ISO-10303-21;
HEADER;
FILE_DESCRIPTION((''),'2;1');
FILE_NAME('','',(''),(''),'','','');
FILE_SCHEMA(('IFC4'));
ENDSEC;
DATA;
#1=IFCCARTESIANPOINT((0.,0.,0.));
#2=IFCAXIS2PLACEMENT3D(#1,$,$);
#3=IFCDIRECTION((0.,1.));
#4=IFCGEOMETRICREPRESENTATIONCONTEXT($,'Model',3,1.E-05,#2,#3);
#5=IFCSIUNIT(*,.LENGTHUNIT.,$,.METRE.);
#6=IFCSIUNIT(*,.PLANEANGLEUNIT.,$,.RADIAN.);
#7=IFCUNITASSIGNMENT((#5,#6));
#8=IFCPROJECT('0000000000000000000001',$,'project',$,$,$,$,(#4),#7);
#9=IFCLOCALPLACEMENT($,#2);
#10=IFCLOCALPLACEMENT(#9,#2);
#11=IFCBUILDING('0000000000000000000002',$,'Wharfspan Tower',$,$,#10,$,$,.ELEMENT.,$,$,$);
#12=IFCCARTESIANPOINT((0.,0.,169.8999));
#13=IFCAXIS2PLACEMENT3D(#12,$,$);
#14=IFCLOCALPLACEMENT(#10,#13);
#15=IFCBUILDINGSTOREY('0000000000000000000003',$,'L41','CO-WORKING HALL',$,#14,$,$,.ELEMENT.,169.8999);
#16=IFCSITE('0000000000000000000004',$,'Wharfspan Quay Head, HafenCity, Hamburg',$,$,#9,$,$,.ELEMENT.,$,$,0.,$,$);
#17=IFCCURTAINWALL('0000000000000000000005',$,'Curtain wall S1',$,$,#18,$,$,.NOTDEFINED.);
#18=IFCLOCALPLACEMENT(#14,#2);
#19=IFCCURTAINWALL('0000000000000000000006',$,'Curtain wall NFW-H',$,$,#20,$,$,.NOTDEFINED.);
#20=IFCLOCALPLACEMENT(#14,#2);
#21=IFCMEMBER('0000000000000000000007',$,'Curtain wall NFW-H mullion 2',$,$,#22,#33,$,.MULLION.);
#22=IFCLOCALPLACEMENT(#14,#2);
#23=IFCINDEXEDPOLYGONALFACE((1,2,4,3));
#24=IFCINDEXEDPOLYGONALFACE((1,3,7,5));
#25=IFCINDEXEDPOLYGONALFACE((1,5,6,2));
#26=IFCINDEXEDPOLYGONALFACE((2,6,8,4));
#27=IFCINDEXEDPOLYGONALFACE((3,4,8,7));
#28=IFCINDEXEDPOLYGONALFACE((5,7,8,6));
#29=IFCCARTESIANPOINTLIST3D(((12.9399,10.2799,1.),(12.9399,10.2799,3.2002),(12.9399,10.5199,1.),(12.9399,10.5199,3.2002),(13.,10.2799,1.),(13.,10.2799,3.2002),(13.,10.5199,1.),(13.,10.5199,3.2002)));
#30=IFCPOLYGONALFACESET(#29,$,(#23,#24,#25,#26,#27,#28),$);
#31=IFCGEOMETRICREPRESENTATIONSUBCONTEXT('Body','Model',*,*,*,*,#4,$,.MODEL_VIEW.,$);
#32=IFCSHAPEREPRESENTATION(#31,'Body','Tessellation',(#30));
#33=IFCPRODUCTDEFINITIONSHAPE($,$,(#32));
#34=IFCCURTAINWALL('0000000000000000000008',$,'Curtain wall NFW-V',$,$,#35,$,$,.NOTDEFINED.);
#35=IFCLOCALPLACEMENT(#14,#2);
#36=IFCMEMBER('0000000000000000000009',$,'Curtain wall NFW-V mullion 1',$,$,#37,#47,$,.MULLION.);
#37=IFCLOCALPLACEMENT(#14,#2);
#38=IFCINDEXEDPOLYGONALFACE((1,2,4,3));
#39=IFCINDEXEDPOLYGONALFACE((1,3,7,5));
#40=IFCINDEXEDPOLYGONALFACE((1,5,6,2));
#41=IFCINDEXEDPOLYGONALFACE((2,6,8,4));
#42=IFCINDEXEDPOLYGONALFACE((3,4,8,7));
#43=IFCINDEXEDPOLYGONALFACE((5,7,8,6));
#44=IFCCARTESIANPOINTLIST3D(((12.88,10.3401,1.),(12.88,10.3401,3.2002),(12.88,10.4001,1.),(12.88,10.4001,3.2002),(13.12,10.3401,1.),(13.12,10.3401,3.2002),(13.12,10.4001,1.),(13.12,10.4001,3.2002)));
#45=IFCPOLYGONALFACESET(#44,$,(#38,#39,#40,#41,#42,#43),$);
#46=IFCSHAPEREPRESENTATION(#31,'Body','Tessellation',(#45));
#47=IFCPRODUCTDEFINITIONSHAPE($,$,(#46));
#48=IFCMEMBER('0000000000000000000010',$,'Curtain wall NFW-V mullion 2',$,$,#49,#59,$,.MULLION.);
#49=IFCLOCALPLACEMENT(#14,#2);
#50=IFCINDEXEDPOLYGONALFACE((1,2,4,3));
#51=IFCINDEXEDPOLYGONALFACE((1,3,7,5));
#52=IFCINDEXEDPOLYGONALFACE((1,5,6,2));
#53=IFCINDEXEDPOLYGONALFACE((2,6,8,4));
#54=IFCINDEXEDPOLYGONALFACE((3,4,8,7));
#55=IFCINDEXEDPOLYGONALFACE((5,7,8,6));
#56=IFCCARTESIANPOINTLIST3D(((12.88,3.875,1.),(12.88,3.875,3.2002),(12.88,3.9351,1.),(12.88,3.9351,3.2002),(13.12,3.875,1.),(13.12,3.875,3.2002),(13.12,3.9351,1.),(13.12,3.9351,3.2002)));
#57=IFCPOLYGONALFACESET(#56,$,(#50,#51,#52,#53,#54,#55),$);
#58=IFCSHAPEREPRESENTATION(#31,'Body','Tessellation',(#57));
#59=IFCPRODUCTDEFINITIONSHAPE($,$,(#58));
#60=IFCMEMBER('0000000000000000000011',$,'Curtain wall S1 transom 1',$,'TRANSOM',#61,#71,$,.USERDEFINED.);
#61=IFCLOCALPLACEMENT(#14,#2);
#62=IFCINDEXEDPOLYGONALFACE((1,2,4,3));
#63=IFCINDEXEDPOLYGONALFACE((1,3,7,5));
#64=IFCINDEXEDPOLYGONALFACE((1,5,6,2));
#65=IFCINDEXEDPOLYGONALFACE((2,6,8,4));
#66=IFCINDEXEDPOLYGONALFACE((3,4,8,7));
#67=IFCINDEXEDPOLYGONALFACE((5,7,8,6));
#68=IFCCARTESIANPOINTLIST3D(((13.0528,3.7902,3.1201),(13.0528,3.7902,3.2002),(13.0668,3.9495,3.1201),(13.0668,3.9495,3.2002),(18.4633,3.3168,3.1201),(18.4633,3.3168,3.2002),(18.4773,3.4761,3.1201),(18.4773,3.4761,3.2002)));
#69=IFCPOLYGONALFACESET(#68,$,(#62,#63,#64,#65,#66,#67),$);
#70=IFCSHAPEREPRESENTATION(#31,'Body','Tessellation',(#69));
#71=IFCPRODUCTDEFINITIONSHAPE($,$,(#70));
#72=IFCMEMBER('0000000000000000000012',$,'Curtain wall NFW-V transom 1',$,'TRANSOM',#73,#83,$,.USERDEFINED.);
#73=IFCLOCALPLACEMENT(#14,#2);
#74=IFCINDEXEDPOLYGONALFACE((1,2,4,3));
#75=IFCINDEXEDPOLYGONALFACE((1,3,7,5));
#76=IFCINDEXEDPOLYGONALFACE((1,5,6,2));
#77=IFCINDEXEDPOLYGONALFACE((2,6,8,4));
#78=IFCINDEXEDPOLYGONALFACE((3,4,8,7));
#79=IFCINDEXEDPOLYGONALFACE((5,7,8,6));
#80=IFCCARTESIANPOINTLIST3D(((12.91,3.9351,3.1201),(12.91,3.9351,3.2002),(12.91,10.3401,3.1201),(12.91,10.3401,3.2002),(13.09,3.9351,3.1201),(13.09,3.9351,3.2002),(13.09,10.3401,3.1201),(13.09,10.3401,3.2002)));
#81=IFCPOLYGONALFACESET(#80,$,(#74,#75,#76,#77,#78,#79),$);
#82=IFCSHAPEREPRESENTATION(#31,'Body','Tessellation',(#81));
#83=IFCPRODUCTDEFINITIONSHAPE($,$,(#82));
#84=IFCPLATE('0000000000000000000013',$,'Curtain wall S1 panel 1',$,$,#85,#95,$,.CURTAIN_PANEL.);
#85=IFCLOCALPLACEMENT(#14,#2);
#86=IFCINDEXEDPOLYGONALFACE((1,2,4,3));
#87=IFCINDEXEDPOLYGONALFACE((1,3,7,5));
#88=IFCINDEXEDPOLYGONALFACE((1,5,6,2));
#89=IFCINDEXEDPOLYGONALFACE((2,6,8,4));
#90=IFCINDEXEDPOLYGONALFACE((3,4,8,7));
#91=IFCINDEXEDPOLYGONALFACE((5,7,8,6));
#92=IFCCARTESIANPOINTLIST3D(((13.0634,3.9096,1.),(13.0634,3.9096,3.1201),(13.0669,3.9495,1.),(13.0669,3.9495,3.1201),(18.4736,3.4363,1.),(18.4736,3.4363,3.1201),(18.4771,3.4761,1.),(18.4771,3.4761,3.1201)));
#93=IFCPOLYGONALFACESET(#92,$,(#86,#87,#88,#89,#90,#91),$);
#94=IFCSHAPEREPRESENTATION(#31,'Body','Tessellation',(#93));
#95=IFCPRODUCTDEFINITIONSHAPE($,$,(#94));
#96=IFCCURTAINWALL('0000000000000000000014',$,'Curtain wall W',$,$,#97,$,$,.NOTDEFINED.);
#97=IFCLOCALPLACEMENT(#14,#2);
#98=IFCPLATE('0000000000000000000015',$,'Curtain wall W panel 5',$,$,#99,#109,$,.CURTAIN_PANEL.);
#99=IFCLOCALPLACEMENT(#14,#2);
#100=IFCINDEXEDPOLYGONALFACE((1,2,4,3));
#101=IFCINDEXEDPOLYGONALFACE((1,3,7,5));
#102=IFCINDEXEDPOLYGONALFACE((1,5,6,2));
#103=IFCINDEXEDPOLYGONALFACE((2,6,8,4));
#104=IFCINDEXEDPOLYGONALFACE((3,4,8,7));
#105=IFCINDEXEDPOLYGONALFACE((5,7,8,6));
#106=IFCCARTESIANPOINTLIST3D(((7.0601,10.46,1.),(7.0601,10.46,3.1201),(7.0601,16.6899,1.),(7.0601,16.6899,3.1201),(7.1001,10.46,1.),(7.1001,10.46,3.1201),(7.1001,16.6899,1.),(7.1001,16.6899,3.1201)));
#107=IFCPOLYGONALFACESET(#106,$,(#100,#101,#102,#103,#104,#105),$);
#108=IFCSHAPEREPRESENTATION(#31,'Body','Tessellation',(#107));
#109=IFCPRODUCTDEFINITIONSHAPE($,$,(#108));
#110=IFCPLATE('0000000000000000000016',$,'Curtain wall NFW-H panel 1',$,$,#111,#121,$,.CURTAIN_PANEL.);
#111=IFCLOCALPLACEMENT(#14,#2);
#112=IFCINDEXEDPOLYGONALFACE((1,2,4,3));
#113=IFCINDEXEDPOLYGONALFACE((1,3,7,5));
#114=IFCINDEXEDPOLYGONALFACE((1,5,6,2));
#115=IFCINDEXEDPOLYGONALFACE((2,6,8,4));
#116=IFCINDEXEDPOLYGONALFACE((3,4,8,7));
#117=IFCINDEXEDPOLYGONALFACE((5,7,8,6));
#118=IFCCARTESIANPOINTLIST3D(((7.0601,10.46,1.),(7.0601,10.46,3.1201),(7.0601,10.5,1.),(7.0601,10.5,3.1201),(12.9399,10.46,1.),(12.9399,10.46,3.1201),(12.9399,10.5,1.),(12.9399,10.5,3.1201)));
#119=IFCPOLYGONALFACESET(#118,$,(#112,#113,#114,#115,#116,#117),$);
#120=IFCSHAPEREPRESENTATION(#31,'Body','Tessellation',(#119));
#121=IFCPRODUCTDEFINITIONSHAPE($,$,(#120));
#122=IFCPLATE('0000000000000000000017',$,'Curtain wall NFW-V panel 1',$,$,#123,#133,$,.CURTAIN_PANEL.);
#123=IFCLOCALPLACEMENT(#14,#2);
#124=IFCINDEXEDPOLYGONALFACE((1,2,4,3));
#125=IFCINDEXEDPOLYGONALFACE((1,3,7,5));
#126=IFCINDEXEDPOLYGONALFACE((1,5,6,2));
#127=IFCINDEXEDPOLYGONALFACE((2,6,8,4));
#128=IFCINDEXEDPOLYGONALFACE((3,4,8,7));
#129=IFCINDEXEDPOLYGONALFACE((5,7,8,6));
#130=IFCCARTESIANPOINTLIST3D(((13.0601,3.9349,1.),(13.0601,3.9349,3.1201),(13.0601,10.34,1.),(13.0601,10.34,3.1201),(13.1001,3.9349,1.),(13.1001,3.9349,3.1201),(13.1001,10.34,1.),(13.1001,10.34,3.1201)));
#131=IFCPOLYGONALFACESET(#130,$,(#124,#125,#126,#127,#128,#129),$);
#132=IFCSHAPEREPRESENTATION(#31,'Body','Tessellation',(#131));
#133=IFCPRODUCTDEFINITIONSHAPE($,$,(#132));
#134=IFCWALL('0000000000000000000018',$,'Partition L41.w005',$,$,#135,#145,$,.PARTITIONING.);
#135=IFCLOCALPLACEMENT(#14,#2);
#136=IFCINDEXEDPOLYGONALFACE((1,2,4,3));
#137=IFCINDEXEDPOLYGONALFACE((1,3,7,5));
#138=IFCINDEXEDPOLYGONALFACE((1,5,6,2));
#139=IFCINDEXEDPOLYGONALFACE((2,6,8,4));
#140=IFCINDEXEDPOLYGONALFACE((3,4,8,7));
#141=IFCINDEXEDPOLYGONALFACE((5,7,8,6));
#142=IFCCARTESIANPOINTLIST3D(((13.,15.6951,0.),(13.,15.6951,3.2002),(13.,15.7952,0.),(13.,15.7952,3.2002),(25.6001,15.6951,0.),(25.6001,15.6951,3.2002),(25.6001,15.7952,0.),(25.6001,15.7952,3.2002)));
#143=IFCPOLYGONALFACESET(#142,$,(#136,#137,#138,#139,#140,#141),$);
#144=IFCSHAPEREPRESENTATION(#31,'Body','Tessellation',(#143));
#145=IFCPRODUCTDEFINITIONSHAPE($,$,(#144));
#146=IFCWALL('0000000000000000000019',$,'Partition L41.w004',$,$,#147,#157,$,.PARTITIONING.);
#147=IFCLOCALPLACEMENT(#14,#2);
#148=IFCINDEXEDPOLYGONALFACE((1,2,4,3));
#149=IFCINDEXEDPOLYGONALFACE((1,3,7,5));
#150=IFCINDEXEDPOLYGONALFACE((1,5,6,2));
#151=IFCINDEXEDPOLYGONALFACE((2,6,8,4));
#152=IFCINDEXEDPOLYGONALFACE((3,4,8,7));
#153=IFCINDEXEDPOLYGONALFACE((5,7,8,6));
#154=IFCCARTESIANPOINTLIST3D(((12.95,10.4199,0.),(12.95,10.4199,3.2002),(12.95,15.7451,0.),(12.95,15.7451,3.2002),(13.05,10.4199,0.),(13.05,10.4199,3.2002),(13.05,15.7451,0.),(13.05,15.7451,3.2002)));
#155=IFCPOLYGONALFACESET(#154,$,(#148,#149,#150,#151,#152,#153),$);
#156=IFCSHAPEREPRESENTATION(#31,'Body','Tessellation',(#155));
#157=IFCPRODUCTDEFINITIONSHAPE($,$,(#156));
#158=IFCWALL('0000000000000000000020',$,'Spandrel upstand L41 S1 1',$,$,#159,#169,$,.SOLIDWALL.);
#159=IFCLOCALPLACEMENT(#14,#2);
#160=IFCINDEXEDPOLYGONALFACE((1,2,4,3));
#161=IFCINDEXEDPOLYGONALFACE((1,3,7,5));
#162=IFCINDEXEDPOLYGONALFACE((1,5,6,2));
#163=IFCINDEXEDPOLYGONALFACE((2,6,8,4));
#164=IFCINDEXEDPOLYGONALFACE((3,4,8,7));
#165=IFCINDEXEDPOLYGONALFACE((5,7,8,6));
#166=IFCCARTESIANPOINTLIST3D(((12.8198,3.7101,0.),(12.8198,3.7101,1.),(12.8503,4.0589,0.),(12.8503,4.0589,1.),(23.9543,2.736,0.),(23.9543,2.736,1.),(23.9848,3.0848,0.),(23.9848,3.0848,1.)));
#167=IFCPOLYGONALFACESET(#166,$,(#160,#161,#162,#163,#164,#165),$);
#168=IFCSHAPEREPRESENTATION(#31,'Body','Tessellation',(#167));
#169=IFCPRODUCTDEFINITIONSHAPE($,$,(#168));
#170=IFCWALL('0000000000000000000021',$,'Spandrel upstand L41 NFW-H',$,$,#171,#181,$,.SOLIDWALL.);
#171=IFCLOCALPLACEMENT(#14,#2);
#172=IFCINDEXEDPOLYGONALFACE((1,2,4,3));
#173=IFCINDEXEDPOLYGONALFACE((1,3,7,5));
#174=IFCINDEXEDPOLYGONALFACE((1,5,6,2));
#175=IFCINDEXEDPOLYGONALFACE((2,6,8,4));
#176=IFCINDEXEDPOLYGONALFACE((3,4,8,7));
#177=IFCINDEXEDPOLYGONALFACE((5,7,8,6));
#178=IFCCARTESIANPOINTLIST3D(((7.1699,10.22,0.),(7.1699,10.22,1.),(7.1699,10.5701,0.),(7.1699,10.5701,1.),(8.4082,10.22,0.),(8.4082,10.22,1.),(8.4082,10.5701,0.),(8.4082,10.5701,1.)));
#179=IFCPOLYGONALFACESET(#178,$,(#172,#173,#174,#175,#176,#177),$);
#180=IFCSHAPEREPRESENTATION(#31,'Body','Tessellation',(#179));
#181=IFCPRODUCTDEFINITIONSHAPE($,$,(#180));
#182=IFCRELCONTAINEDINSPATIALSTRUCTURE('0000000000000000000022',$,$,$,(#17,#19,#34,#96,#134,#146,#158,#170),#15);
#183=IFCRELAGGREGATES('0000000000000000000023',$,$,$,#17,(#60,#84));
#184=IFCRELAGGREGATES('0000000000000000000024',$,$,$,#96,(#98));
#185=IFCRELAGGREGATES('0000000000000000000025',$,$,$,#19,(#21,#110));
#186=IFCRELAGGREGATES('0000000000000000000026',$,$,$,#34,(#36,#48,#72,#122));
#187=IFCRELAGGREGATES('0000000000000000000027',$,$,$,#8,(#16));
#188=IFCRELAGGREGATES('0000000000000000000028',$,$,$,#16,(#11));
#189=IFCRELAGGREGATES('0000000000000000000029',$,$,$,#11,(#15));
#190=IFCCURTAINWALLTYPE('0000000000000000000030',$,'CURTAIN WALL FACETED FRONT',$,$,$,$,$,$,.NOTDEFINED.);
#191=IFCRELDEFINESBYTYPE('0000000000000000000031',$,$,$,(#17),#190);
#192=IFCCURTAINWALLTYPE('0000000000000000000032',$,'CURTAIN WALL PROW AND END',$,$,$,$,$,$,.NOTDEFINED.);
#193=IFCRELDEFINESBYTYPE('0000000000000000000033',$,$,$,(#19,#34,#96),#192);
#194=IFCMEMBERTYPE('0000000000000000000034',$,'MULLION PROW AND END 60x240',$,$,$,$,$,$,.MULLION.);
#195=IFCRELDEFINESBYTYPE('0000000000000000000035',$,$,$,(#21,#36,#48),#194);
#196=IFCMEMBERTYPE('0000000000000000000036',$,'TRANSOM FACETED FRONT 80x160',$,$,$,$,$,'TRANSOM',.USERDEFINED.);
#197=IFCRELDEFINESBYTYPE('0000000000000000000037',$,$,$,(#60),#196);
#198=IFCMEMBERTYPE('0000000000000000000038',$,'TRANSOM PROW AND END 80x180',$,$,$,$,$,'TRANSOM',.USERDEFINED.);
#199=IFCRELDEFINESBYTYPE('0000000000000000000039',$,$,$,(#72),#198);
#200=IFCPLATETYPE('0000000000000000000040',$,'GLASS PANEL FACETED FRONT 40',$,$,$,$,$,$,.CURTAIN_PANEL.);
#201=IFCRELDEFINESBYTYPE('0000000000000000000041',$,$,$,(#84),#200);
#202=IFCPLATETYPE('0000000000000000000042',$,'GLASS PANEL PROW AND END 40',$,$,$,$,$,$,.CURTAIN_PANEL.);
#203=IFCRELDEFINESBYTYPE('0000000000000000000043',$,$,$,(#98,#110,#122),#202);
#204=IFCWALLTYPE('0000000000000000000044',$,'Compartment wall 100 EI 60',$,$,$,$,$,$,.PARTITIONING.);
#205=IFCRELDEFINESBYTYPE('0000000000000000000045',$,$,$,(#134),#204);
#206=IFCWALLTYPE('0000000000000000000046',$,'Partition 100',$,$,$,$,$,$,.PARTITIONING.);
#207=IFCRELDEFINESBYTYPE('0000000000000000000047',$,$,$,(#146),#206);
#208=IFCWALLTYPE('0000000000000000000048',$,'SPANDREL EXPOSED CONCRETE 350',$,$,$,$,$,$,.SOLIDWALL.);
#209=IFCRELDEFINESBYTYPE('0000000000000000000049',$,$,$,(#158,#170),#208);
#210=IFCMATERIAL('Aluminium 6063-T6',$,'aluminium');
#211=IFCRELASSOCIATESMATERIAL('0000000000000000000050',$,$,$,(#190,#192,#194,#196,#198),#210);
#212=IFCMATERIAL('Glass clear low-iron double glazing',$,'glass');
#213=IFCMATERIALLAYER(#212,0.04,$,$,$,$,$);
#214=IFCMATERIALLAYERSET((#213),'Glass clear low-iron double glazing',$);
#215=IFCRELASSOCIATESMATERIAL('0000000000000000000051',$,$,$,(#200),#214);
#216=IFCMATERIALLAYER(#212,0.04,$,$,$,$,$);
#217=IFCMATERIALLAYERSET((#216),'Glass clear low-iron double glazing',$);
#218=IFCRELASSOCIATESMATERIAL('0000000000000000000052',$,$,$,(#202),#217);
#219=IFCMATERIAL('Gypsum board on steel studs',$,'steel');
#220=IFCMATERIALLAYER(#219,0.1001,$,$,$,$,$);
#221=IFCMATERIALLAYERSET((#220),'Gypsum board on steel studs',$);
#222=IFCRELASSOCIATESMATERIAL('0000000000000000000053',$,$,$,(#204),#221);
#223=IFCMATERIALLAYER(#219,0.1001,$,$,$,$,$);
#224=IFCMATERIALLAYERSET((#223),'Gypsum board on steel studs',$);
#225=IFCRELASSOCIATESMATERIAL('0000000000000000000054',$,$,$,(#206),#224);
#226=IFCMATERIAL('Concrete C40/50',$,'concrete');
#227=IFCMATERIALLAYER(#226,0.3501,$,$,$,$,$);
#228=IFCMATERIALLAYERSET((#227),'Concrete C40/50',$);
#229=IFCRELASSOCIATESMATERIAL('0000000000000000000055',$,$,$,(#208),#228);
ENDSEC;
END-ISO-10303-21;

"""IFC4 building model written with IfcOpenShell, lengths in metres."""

from ifc_helpers import new_model, si_unit, direction, frame, frame_2d, origin, origin_2d, place, context, subcontext, project, spatial, rectangle, extrude, material, layer, layer_set, material_profile, profile_set, type_object, element, aggregate, save


model = new_model("IFC4")

# Units and contexts
model_context = context("Model", 3, precision=1e-05, world=origin(), true_north=direction((0.0, 1.0)))
body_context = subcontext(model_context, "Body", "Model", "MODEL_VIEW")
ifc_project = project(units=[si_unit("LENGTHUNIT", "METRE"), si_unit("PLANEANGLEUNIT", "RADIAN")], contexts=[model_context])

# Site, building, storey
site_placement = place(None, origin())
site = spatial("IfcSite", under=ifc_project, at=site_placement, Name="Wharfspan Quay Head, HafenCity, Hamburg", CompositionType="ELEMENT", RefElevation=0.0)
building_placement = place(site_placement, origin())
building = spatial("IfcBuilding", under=site, at=building_placement, Name="Wharfspan Tower", CompositionType="ELEMENT")
storey_placement = place(building_placement, frame((0.0, 0.0, 169.8999)))
storey = spatial("IfcBuildingStorey", under=building, at=storey_placement, Name="L41", Description="CO-WORKING HALL", CompositionType="ELEMENT", Elevation=169.8999)

# Curtain wall
ifc_material_1 = material(Name="Aluminium 6063-T6", Category="aluminium")
curtain_wall_type_1 = type_object("IfcCurtainWallType", Name="CURTAIN WALL FACETED FRONT", PredefinedType="NOTDEFINED", material=ifc_material_1)
curtain_wall_1_placement = place(storey_placement, origin())
curtain_wall_1 = element("IfcCurtainWall", 1, at=curtain_wall_1_placement, inside=storey, type_object=curtain_wall_type_1, Name="Curtain wall S1", PredefinedType="NOTDEFINED")

# Curtain wall, member
curtain_wall_type_2 = type_object("IfcCurtainWallType", Name="CURTAIN WALL PROW AND END", PredefinedType="NOTDEFINED", material=ifc_material_1)
curtain_wall_2_placement = place(storey_placement, origin())
curtain_wall_2 = element("IfcCurtainWall", 2, at=curtain_wall_2_placement, inside=storey, type_object=curtain_wall_type_2, Name="Curtain wall NFW-H", PredefinedType="NOTDEFINED")
ifc_material_profile_1 = material_profile(ifc_material_1, rectangle(XDim=0.24, YDim=0.0601, at=origin_2d()))
ifc_profile_set_1 = profile_set([ifc_material_profile_1], Name="Aluminium 6063-T6")
member_type_1 = type_object("IfcMemberType", Name="MULLION PROW AND END 60x240", PredefinedType="MULLION", material=ifc_profile_set_1)
member_1_placement = place(storey_placement, frame((12.97, 10.3999, 1.0), z_axis=(0.0, 0.0, 1.0), x_axis=(0.0, 1.0, 0.0)))
member_1 = element("IfcMember", 3, at=member_1_placement, type_object=member_type_1, Name="Curtain wall NFW-H mullion 2", PredefinedType="MULLION", context=body_context, shape_type="SweptSolid", body=[
    extrude(rectangle(XDim=0.24, YDim=0.0601, at=origin_2d()), origin(), (0.0, 0.0, 1.0), 2.2002),
])

# Curtain wall, members
curtain_wall_3_placement = place(storey_placement, origin())
curtain_wall_3 = element("IfcCurtainWall", 4, at=curtain_wall_3_placement, inside=storey, type_object=curtain_wall_type_2, Name="Curtain wall NFW-V", PredefinedType="NOTDEFINED")
member_2_placement = place(storey_placement, frame((13.0, 10.3701, 1.0), z_axis=(0.0, 0.0, 1.0), x_axis=(1.0, 0.0, 0.0)))
member_2 = element("IfcMember", 5, at=member_2_placement, type_object=member_type_1, Name="Curtain wall NFW-V mullion 1", PredefinedType="MULLION", context=body_context, shape_type="SweptSolid", body=[
    extrude(rectangle(XDim=0.24, YDim=0.0601, at=origin_2d()), origin(), (0.0, 0.0, 1.0), 2.2002),
])
member_3_placement = place(storey_placement, frame((13.0, 3.905, 1.0), z_axis=(0.0, 0.0, 1.0), x_axis=(1.0, 0.0, 0.0)))
member_3 = element("IfcMember", 6, at=member_3_placement, type_object=member_type_1, Name="Curtain wall NFW-V mullion 2", PredefinedType="MULLION", context=body_context, shape_type="SweptSolid", body=[
    extrude(rectangle(XDim=0.24, YDim=0.0601, at=origin_2d()), origin(), (0.0, 0.0, 1.0), 2.2002),
])

# Members
ifc_material_profile_2 = material_profile(ifc_material_1, rectangle(XDim=0.1599, YDim=0.0801, at=origin_2d()))
ifc_profile_set_2 = profile_set([ifc_material_profile_2], Name="Aluminium 6063-T6")
member_type_2 = type_object("IfcMemberType", Name="TRANSOM FACETED FRONT 80x160", ElementType="TRANSOM", PredefinedType="USERDEFINED", material=ifc_profile_set_2)
member_4_placement = place(storey_placement, frame((13.0598, 3.8699, 3.1602), z_axis=(0.996194, -0.087163, 0.0), x_axis=(0.087163, 0.996194, 0.0)))
member_4 = element("IfcMember", 7, at=member_4_placement, type_object=member_type_2, Name="Curtain wall S1 transom 1", ObjectType="TRANSOM", PredefinedType="USERDEFINED", context=body_context, shape_type="SweptSolid", body=[
    extrude(rectangle(XDim=0.1599, YDim=0.0801, at=origin_2d()), origin(), (0.0, 0.0, 1.0), 5.4312),
])
ifc_material_profile_3 = material_profile(ifc_material_1, rectangle(XDim=0.1799, YDim=0.0801, at=origin_2d()))
ifc_profile_set_3 = profile_set([ifc_material_profile_3], Name="Aluminium 6063-T6")
member_type_3 = type_object("IfcMemberType", Name="TRANSOM PROW AND END 80x180", ElementType="TRANSOM", PredefinedType="USERDEFINED", material=ifc_profile_set_3)
member_5_placement = place(storey_placement, frame((13.0, 10.3401, 3.1602), z_axis=(0.0, -1.0, 0.0), x_axis=(1.0, 0.0, 0.0)))
member_5 = element("IfcMember", 8, at=member_5_placement, type_object=member_type_3, Name="Curtain wall NFW-V transom 1", ObjectType="TRANSOM", PredefinedType="USERDEFINED", context=body_context, shape_type="SweptSolid", body=[
    extrude(rectangle(XDim=0.1799, YDim=0.0801, at=origin_2d()), origin(), (0.0, 0.0, 1.0), 6.405),
])

# Plate
ifc_material_2 = material(Name="Glass clear low-iron double glazing", Category="glass")
ifc_layer_1 = layer(ifc_material_2, 0.04)
ifc_layer_set_1 = layer_set([ifc_layer_1], Name="Glass clear low-iron double glazing")
plate_type_1 = type_object("IfcPlateType", Name="GLASS PANEL FACETED FRONT 40", PredefinedType="CURTAIN_PANEL", material=ifc_layer_set_1)
plate_1_placement = place(storey_placement, frame((15.7703, 3.6929, 1.0), z_axis=(0.0, 0.0, 1.0), x_axis=(0.996198, -0.087156, 0.0)))
plate_1 = element("IfcPlate", 9, at=plate_1_placement, type_object=plate_type_1, Name="Curtain wall S1 panel 1", PredefinedType="CURTAIN_PANEL", context=body_context, shape_type="SweptSolid", body=[
    extrude(rectangle(XDim=5.4309, YDim=0.04, at=origin_2d()), origin(), (0.0, 0.0, 1.0), 2.1201),
])
aggregate(curtain_wall_1, [member_4, plate_1])

# Curtain wall, plate
curtain_wall_4_placement = place(storey_placement, origin())
curtain_wall_4 = element("IfcCurtainWall", 10, at=curtain_wall_4_placement, inside=storey, type_object=curtain_wall_type_2, Name="Curtain wall W", PredefinedType="NOTDEFINED")
ifc_layer_2 = layer(ifc_material_2, 0.04)
ifc_layer_set_2 = layer_set([ifc_layer_2], Name="Glass clear low-iron double glazing")
plate_type_2 = type_object("IfcPlateType", Name="GLASS PANEL PROW AND END 40", PredefinedType="CURTAIN_PANEL", material=ifc_layer_set_2)
plate_2_placement = place(storey_placement, frame((7.0801, 13.575, 1.0), z_axis=(0.0, 0.0, 1.0), x_axis=(0.0, -1.0, 0.0)))
plate_2 = element("IfcPlate", 11, at=plate_2_placement, type_object=plate_type_2, Name="Curtain wall W panel 5", PredefinedType="CURTAIN_PANEL", context=body_context, shape_type="SweptSolid", body=[
    extrude(rectangle(XDim=6.23, YDim=0.04, at=origin_2d()), origin(), (0.0, 0.0, 1.0), 2.1201),
])
aggregate(curtain_wall_4, [plate_2])

# Plates
plate_3_placement = place(storey_placement, frame((10.0, 10.48, 1.0), z_axis=(0.0, 0.0, 1.0), x_axis=(1.0, 0.0, 0.0)))
plate_3 = element("IfcPlate", 12, at=plate_3_placement, type_object=plate_type_2, Name="Curtain wall NFW-H panel 1", PredefinedType="CURTAIN_PANEL", context=body_context, shape_type="SweptSolid", body=[
    extrude(rectangle(XDim=5.8799, YDim=0.04, at=origin_2d()), origin(), (0.0, 0.0, 1.0), 2.1201),
])
aggregate(curtain_wall_2, [member_1, plate_3])
plate_4_placement = place(storey_placement, frame((13.0801, 7.1375, 1.0), z_axis=(0.0, 0.0, 1.0), x_axis=(0.0, -1.0, 0.0)))
plate_4 = element("IfcPlate", 13, at=plate_4_placement, type_object=plate_type_2, Name="Curtain wall NFW-V panel 1", PredefinedType="CURTAIN_PANEL", context=body_context, shape_type="SweptSolid", body=[
    extrude(rectangle(XDim=6.405, YDim=0.04, at=origin_2d()), origin(), (0.0, 0.0, 1.0), 2.1201),
])
aggregate(curtain_wall_3, [member_2, member_3, member_5, plate_4])

# Walls
ifc_material_3 = material(Name="Gypsum board on steel studs", Category="steel")
ifc_layer_3 = layer(ifc_material_3, 0.1001)
ifc_layer_set_3 = layer_set([ifc_layer_3], Name="Gypsum board on steel studs")
wall_type_1 = type_object("IfcWallType", Name="Compartment wall 100 EI 60", PredefinedType="PARTITIONING", material=ifc_layer_set_3)
wall_1_placement = place(storey_placement, frame((13.0, 15.7451, 0.0), z_axis=(0.0, 0.0, 1.0), x_axis=(1.0, 0.0, 0.0)))
element("IfcWall", 14, at=wall_1_placement, inside=storey, type_object=wall_type_1, Name="Partition L41.w005", PredefinedType="PARTITIONING", context=body_context, shape_type="SweptSolid", body=[
    extrude(rectangle(XDim=12.6001, YDim=0.1001, at=frame_2d((6.3, 0.0))), origin(), (0.0, 0.0, 1.0), 3.2002),
])
ifc_layer_4 = layer(ifc_material_3, 0.1001)
ifc_layer_set_4 = layer_set([ifc_layer_4], Name="Gypsum board on steel studs")
wall_type_2 = type_object("IfcWallType", Name="Partition 100", PredefinedType="PARTITIONING", material=ifc_layer_set_4)
wall_2_placement = place(storey_placement, frame((13.0, 10.4199, 0.0), z_axis=(0.0, 0.0, 1.0), x_axis=(0.0, 1.0, 0.0)))
element("IfcWall", 15, at=wall_2_placement, inside=storey, type_object=wall_type_2, Name="Partition L41.w004", PredefinedType="PARTITIONING", context=body_context, shape_type="SweptSolid", body=[
    extrude(rectangle(XDim=5.3252, YDim=0.1001, at=frame_2d((2.6626, 0.0))), origin(), (0.0, 0.0, 1.0), 3.2002),
])
ifc_material_4 = material(Name="Concrete C40/50", Category="concrete")
ifc_layer_5 = layer(ifc_material_4, 0.3501)
ifc_layer_set_5 = layer_set([ifc_layer_5], Name="Concrete C40/50")
wall_type_3 = type_object("IfcWallType", Name="SPANDREL EXPOSED CONCRETE 350", PredefinedType="SOLIDWALL", material=ifc_layer_set_5)
wall_3_placement = place(storey_placement, frame((12.8352, 3.8845, 0.0), z_axis=(0.0, 0.0, 1.0), x_axis=(0.996199, -0.087154, 0.0)))
element("IfcWall", 16, at=wall_3_placement, inside=storey, type_object=wall_type_3, Name="Spandrel upstand L41 S1 1", PredefinedType="SOLIDWALL", context=body_context, shape_type="SweptSolid", body=[
    extrude(rectangle(XDim=11.177, YDim=0.3501, at=frame_2d((5.5884, 0.0))), origin(), (0.0, 0.0, 1.0), 1.0),
])
wall_4_placement = place(storey_placement, frame((7.1699, 10.395, 0.0), z_axis=(0.0, 0.0, 1.0), x_axis=(1.0, 0.0, 0.0)))
element("IfcWall", 17, at=wall_4_placement, inside=storey, type_object=wall_type_3, Name="Spandrel upstand L41 NFW-H", PredefinedType="SOLIDWALL", context=body_context, shape_type="SweptSolid", body=[
    extrude(rectangle(XDim=1.2383, YDim=0.3501, at=frame_2d((0.6191, 0.0))), origin(), (0.0, 0.0, 1.0), 1.0),
])

save(model, "model.ifc")
